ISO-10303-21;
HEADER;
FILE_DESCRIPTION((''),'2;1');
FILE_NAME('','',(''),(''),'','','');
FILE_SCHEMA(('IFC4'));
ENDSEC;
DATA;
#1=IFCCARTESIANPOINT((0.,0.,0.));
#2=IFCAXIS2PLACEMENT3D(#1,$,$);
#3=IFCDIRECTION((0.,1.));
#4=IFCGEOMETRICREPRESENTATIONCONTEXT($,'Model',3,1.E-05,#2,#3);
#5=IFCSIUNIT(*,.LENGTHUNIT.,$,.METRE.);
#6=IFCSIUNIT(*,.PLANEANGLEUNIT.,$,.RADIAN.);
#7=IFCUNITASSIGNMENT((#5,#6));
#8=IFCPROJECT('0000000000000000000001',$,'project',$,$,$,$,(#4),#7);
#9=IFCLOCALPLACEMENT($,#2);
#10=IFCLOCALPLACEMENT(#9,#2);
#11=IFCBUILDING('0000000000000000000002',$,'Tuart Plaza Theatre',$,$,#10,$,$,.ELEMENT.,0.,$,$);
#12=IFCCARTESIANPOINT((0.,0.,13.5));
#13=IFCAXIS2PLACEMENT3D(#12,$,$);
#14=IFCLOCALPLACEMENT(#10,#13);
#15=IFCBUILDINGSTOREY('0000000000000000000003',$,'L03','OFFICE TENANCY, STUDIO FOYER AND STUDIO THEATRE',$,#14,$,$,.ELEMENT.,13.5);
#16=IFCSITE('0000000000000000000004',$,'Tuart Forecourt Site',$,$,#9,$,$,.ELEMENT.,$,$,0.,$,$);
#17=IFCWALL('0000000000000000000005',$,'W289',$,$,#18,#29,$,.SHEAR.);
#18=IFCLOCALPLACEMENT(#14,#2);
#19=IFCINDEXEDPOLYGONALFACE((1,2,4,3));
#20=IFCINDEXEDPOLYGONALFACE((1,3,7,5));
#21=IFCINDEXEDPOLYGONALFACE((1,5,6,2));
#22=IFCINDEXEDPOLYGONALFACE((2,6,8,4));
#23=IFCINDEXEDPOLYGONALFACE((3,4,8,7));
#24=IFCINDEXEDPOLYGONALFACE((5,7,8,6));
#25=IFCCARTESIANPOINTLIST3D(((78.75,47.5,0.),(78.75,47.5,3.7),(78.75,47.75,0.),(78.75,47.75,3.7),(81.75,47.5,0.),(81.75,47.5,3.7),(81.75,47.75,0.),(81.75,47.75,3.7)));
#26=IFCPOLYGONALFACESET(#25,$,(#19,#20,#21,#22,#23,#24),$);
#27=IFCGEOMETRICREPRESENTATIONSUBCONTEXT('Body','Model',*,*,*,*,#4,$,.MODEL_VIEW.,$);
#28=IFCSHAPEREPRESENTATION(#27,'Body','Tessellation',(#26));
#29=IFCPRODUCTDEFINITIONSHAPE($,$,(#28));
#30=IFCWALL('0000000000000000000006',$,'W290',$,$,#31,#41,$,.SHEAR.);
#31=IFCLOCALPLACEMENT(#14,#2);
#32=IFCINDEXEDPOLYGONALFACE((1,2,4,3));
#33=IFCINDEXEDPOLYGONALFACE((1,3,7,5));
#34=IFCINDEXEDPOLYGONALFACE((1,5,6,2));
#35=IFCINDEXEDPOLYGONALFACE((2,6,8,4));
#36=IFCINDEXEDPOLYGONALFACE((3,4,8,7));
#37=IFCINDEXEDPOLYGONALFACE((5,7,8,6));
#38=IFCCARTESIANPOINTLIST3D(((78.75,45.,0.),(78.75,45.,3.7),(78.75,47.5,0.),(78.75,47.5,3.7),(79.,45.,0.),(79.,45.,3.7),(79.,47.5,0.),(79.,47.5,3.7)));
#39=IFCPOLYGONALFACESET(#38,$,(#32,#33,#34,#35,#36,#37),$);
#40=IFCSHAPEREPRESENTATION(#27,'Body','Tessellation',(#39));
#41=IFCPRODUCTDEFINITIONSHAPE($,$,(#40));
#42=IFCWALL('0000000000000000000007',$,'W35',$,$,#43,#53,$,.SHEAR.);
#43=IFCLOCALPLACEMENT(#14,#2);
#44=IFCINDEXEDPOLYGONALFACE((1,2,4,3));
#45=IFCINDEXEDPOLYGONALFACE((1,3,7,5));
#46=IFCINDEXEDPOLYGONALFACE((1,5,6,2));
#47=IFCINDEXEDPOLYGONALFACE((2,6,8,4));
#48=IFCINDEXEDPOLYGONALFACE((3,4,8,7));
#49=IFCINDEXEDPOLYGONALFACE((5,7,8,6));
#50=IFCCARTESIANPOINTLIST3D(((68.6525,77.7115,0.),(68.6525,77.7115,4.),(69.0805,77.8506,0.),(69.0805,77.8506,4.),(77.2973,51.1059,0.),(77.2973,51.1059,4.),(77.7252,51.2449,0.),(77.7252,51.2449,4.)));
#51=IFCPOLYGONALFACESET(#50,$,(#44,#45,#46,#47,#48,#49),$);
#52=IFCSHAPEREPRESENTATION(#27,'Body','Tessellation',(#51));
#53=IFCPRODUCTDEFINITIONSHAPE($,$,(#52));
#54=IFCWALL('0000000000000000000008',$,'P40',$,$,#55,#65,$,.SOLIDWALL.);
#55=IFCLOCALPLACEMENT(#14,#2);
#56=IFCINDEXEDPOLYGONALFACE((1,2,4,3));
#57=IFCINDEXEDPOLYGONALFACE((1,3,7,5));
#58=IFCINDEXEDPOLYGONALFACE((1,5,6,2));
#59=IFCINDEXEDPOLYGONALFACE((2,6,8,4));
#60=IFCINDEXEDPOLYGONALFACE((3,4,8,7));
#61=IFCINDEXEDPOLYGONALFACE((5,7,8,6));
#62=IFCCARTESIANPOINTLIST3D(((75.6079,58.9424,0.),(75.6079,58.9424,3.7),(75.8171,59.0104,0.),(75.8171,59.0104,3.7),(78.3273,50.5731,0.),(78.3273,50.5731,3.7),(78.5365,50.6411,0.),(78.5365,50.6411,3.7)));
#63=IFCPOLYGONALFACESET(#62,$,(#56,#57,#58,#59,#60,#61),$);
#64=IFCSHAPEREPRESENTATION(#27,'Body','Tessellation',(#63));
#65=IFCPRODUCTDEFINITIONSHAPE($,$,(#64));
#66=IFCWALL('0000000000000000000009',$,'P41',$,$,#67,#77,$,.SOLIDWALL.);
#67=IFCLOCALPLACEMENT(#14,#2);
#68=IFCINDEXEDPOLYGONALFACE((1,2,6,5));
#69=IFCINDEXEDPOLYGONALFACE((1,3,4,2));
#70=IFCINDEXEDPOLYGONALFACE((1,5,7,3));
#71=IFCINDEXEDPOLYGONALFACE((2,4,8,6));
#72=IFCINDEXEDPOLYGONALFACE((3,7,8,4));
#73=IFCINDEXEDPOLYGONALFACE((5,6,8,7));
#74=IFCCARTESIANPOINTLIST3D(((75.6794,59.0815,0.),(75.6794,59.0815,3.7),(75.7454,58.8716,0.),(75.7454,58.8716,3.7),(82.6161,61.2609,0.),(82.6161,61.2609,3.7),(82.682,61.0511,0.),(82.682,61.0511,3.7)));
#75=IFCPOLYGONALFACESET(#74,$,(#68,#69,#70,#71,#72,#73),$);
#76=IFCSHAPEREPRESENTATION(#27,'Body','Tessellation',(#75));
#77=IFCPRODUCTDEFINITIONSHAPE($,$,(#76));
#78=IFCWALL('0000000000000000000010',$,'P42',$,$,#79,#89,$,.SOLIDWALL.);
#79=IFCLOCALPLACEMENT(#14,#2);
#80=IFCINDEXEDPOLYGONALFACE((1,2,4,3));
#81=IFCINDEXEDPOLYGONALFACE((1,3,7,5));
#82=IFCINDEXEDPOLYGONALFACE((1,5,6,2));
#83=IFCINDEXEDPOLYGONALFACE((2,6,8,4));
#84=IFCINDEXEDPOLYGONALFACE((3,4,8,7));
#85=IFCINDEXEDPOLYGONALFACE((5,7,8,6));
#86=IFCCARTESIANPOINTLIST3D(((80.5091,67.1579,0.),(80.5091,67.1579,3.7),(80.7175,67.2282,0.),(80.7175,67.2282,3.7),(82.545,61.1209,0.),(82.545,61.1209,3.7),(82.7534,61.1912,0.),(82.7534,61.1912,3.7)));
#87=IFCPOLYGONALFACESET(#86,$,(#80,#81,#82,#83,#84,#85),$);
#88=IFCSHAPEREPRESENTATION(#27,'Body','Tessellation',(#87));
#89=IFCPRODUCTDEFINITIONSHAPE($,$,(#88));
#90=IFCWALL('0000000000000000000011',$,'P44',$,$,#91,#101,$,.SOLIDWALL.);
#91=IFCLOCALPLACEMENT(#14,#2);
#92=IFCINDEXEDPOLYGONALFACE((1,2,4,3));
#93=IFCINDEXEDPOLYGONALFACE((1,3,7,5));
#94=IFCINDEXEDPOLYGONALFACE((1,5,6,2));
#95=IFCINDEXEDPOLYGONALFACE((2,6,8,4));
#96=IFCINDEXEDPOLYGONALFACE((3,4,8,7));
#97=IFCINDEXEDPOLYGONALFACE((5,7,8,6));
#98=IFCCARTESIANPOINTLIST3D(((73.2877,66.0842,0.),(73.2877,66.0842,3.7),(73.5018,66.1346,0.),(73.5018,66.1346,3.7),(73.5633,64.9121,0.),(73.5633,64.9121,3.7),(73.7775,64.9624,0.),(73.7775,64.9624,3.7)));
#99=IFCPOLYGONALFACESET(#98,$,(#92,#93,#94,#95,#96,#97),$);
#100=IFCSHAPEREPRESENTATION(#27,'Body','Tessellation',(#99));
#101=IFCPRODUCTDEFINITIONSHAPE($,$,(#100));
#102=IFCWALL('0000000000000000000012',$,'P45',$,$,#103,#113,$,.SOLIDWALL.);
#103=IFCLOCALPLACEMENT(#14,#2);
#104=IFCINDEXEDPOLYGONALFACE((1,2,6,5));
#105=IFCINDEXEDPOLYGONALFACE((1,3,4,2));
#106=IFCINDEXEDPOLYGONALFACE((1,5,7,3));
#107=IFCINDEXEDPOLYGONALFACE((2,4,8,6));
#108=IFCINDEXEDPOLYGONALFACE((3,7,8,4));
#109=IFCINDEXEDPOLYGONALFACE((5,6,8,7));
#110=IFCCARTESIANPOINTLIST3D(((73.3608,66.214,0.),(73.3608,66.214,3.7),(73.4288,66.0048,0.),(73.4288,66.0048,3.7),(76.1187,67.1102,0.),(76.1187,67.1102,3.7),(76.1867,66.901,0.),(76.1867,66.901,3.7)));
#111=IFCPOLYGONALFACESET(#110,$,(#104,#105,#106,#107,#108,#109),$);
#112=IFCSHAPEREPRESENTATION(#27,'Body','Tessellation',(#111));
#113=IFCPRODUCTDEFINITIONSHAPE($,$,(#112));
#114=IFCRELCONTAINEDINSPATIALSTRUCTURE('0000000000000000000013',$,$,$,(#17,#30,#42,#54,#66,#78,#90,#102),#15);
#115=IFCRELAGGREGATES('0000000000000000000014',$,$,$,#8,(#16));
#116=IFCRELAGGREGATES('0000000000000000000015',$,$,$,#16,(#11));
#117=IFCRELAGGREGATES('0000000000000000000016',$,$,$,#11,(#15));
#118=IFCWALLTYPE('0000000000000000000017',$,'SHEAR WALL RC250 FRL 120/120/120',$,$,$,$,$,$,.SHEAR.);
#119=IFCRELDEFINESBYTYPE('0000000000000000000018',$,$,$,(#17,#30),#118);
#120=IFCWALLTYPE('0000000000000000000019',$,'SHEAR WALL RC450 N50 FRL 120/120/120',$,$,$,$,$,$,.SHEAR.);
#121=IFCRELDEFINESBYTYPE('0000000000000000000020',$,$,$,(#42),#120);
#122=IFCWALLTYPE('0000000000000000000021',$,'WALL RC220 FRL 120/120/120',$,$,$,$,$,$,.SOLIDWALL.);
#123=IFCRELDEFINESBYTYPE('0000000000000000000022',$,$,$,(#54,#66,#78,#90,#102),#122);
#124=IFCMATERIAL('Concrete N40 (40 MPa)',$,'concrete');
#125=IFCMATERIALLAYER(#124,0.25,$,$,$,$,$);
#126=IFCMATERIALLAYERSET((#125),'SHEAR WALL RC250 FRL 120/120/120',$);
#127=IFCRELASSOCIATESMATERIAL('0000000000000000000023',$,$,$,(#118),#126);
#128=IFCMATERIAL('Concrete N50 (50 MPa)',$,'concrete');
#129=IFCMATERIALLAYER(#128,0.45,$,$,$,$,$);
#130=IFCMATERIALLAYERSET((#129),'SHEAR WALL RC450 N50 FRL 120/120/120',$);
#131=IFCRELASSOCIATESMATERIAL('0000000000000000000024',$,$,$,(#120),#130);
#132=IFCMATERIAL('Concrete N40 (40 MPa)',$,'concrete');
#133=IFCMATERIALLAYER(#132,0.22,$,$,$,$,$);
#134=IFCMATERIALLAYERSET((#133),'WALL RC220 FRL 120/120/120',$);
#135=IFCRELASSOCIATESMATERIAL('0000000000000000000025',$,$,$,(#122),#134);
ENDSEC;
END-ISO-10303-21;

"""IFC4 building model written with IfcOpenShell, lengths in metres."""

from ifc_helpers import new_model, si_unit, direction, frame, frame_2d, origin, place, context, subcontext, project, spatial, rectangle, extrude, material, layer, layer_set, type_object, element, save


model = new_model("IFC4")

# Units and contexts
model_context = context("Model", 3, precision=1e-05, world=origin(), true_north=direction((0.0, 1.0)))
body_context = subcontext(model_context, "Body", "Model", "MODEL_VIEW")
ifc_project = project(units=[si_unit("LENGTHUNIT", "METRE"), si_unit("PLANEANGLEUNIT", "RADIAN")], contexts=[model_context])

# Site, building, storey
site_placement = place(None, origin())
site = spatial("IfcSite", under=ifc_project, at=site_placement, Name="Tuart Forecourt Site", CompositionType="ELEMENT", RefElevation=0.0)
building_placement = place(site_placement, origin())
building = spatial("IfcBuilding", under=site, at=building_placement, Name="Tuart Plaza Theatre", CompositionType="ELEMENT", ElevationOfRefHeight=0.0)
storey_placement = place(building_placement, frame((0.0, 0.0, 13.5)))
storey = spatial("IfcBuildingStorey", under=building, at=storey_placement, Name="L03", Description="OFFICE TENANCY, STUDIO FOYER AND STUDIO THEATRE", CompositionType="ELEMENT", Elevation=13.5)

# Walls
ifc_material_1 = material(Name="Concrete N40 (40 MPa)", Category="concrete")
ifc_layer_1 = layer(ifc_material_1, 0.25)
ifc_layer_set_1 = layer_set([ifc_layer_1], Name="SHEAR WALL RC250 FRL 120/120/120")
wall_type_1 = type_object("IfcWallType", Name="SHEAR WALL RC250 FRL 120/120/120", PredefinedType="SHEAR", material=ifc_layer_set_1)
wall_1_placement = place(storey_placement, frame((81.75, 47.625, 0.0), z_axis=(0.0, 0.0, 1.0), x_axis=(-1.0, 0.0, 0.0)))
element("IfcWall", 1, at=wall_1_placement, inside=storey, type_object=wall_type_1, Name="W289", PredefinedType="SHEAR", context=body_context, shape_type="SweptSolid", body=[
    extrude(rectangle(XDim=3.0, YDim=0.25, at=frame_2d((1.5, 0.0))), origin(), (0.0, 0.0, 1.0), 3.7),
])
wall_2_placement = place(storey_placement, frame((78.875, 47.5, 0.0), z_axis=(0.0, 0.0, 1.0), x_axis=(0.0, -1.0, 0.0)))
element("IfcWall", 2, at=wall_2_placement, inside=storey, type_object=wall_type_1, Name="W290", PredefinedType="SHEAR", context=body_context, shape_type="SweptSolid", body=[
    extrude(rectangle(XDim=2.5, YDim=0.25, at=frame_2d((1.25, 0.0))), origin(), (0.0, 0.0, 1.0), 3.7),
])
ifc_material_2 = material(Name="Concrete N50 (50 MPa)", Category="concrete")
ifc_layer_2 = layer(ifc_material_2, 0.45)
ifc_layer_set_2 = layer_set([ifc_layer_2], Name="SHEAR WALL RC450 N50 FRL 120/120/120")
wall_type_2 = type_object("IfcWallType", Name="SHEAR WALL RC450 N50 FRL 120/120/120", PredefinedType="SHEAR", material=ifc_layer_set_2)
wall_3_placement = place(storey_placement, frame((77.5112, 51.1755, 0.0), z_axis=(0.0, 0.0, 1.0), x_axis=(-0.309019, 0.951056, 0.0)))
element("IfcWall", 3, at=wall_3_placement, inside=storey, type_object=wall_type_2, Name="W35", PredefinedType="SHEAR", context=body_context, shape_type="SweptSolid", body=[
    extrude(rectangle(XDim=27.9749, YDim=0.45, at=frame_2d((13.9873, 0.0))), origin(), (0.0, 0.0, 1.0), 4.0),
])
ifc_material_3 = material(Name="Concrete N40 (40 MPa)", Category="concrete")
ifc_layer_3 = layer(ifc_material_3, 0.22)
ifc_layer_set_3 = layer_set([ifc_layer_3], Name="WALL RC220 FRL 120/120/120")
wall_type_3 = type_object("IfcWallType", Name="WALL RC220 FRL 120/120/120", PredefinedType="SOLIDWALL", material=ifc_layer_set_3)
wall_4_placement = place(storey_placement, frame((78.4319, 50.6072, 0.0), z_axis=(0.0, 0.0, 1.0), x_axis=(-0.309028, 0.951053, 0.0)))
element("IfcWall", 4, at=wall_4_placement, inside=storey, type_object=wall_type_3, Name="P40", PredefinedType="SOLIDWALL", context=body_context, shape_type="SweptSolid", body=[
    extrude(rectangle(XDim=8.8, YDim=0.22, at=frame_2d((4.3999, 0.0))), origin(), (0.0, 0.0, 1.0), 3.7),
])
wall_5_placement = place(storey_placement, frame((75.7124, 58.9766, 0.0), z_axis=(0.0, 0.0, 1.0), x_axis=(0.954021, 0.299741, 0.0)))
element("IfcWall", 5, at=wall_5_placement, inside=storey, type_object=wall_type_3, Name="P41", PredefinedType="SOLIDWALL", context=body_context, shape_type="SweptSolid", body=[
    extrude(rectangle(XDim=7.271, YDim=0.22, at=frame_2d((3.6355, 0.0))), origin(), (0.0, 0.0, 1.0), 3.7),
])
wall_6_placement = place(storey_placement, frame((82.6492, 61.156, 0.0), z_axis=(0.0, 0.0, 1.0), x_axis=(-0.319548, 0.94757, 0.0)))
element("IfcWall", 6, at=wall_6_placement, inside=storey, type_object=wall_type_3, Name="P42", PredefinedType="SOLIDWALL", context=body_context, shape_type="SweptSolid", body=[
    extrude(rectangle(XDim=6.3711, YDim=0.22, at=frame_2d((3.1855, 0.0))), origin(), (0.0, 0.0, 1.0), 3.7),
])
wall_7_placement = place(storey_placement, frame((73.6704, 64.9373, 0.0), z_axis=(0.0, 0.0, 1.0), x_axis=(-0.228915, 0.973446, 0.0)))
element("IfcWall", 7, at=wall_7_placement, inside=storey, type_object=wall_type_3, Name="P44", PredefinedType="SOLIDWALL", context=body_context, shape_type="SweptSolid", body=[
    extrude(rectangle(XDim=1.2041, YDim=0.22, at=frame_2d((0.6021, 0.0))), origin(), (0.0, 0.0, 1.0), 3.7),
])
wall_8_placement = place(storey_placement, frame((73.3948, 66.1094, 0.0), z_axis=(0.0, 0.0, 1.0), x_axis=(0.951047, 0.309046, 0.0)))
element("IfcWall", 8, at=wall_8_placement, inside=storey, type_object=wall_type_3, Name="P45", PredefinedType="SOLIDWALL", context=body_context, shape_type="SweptSolid", body=[
    extrude(rectangle(XDim=2.8999, YDim=0.22, at=frame_2d((1.45, 0.0))), origin(), (0.0, 0.0, 1.0), 3.7),
])

save(model, "model.ifc")
